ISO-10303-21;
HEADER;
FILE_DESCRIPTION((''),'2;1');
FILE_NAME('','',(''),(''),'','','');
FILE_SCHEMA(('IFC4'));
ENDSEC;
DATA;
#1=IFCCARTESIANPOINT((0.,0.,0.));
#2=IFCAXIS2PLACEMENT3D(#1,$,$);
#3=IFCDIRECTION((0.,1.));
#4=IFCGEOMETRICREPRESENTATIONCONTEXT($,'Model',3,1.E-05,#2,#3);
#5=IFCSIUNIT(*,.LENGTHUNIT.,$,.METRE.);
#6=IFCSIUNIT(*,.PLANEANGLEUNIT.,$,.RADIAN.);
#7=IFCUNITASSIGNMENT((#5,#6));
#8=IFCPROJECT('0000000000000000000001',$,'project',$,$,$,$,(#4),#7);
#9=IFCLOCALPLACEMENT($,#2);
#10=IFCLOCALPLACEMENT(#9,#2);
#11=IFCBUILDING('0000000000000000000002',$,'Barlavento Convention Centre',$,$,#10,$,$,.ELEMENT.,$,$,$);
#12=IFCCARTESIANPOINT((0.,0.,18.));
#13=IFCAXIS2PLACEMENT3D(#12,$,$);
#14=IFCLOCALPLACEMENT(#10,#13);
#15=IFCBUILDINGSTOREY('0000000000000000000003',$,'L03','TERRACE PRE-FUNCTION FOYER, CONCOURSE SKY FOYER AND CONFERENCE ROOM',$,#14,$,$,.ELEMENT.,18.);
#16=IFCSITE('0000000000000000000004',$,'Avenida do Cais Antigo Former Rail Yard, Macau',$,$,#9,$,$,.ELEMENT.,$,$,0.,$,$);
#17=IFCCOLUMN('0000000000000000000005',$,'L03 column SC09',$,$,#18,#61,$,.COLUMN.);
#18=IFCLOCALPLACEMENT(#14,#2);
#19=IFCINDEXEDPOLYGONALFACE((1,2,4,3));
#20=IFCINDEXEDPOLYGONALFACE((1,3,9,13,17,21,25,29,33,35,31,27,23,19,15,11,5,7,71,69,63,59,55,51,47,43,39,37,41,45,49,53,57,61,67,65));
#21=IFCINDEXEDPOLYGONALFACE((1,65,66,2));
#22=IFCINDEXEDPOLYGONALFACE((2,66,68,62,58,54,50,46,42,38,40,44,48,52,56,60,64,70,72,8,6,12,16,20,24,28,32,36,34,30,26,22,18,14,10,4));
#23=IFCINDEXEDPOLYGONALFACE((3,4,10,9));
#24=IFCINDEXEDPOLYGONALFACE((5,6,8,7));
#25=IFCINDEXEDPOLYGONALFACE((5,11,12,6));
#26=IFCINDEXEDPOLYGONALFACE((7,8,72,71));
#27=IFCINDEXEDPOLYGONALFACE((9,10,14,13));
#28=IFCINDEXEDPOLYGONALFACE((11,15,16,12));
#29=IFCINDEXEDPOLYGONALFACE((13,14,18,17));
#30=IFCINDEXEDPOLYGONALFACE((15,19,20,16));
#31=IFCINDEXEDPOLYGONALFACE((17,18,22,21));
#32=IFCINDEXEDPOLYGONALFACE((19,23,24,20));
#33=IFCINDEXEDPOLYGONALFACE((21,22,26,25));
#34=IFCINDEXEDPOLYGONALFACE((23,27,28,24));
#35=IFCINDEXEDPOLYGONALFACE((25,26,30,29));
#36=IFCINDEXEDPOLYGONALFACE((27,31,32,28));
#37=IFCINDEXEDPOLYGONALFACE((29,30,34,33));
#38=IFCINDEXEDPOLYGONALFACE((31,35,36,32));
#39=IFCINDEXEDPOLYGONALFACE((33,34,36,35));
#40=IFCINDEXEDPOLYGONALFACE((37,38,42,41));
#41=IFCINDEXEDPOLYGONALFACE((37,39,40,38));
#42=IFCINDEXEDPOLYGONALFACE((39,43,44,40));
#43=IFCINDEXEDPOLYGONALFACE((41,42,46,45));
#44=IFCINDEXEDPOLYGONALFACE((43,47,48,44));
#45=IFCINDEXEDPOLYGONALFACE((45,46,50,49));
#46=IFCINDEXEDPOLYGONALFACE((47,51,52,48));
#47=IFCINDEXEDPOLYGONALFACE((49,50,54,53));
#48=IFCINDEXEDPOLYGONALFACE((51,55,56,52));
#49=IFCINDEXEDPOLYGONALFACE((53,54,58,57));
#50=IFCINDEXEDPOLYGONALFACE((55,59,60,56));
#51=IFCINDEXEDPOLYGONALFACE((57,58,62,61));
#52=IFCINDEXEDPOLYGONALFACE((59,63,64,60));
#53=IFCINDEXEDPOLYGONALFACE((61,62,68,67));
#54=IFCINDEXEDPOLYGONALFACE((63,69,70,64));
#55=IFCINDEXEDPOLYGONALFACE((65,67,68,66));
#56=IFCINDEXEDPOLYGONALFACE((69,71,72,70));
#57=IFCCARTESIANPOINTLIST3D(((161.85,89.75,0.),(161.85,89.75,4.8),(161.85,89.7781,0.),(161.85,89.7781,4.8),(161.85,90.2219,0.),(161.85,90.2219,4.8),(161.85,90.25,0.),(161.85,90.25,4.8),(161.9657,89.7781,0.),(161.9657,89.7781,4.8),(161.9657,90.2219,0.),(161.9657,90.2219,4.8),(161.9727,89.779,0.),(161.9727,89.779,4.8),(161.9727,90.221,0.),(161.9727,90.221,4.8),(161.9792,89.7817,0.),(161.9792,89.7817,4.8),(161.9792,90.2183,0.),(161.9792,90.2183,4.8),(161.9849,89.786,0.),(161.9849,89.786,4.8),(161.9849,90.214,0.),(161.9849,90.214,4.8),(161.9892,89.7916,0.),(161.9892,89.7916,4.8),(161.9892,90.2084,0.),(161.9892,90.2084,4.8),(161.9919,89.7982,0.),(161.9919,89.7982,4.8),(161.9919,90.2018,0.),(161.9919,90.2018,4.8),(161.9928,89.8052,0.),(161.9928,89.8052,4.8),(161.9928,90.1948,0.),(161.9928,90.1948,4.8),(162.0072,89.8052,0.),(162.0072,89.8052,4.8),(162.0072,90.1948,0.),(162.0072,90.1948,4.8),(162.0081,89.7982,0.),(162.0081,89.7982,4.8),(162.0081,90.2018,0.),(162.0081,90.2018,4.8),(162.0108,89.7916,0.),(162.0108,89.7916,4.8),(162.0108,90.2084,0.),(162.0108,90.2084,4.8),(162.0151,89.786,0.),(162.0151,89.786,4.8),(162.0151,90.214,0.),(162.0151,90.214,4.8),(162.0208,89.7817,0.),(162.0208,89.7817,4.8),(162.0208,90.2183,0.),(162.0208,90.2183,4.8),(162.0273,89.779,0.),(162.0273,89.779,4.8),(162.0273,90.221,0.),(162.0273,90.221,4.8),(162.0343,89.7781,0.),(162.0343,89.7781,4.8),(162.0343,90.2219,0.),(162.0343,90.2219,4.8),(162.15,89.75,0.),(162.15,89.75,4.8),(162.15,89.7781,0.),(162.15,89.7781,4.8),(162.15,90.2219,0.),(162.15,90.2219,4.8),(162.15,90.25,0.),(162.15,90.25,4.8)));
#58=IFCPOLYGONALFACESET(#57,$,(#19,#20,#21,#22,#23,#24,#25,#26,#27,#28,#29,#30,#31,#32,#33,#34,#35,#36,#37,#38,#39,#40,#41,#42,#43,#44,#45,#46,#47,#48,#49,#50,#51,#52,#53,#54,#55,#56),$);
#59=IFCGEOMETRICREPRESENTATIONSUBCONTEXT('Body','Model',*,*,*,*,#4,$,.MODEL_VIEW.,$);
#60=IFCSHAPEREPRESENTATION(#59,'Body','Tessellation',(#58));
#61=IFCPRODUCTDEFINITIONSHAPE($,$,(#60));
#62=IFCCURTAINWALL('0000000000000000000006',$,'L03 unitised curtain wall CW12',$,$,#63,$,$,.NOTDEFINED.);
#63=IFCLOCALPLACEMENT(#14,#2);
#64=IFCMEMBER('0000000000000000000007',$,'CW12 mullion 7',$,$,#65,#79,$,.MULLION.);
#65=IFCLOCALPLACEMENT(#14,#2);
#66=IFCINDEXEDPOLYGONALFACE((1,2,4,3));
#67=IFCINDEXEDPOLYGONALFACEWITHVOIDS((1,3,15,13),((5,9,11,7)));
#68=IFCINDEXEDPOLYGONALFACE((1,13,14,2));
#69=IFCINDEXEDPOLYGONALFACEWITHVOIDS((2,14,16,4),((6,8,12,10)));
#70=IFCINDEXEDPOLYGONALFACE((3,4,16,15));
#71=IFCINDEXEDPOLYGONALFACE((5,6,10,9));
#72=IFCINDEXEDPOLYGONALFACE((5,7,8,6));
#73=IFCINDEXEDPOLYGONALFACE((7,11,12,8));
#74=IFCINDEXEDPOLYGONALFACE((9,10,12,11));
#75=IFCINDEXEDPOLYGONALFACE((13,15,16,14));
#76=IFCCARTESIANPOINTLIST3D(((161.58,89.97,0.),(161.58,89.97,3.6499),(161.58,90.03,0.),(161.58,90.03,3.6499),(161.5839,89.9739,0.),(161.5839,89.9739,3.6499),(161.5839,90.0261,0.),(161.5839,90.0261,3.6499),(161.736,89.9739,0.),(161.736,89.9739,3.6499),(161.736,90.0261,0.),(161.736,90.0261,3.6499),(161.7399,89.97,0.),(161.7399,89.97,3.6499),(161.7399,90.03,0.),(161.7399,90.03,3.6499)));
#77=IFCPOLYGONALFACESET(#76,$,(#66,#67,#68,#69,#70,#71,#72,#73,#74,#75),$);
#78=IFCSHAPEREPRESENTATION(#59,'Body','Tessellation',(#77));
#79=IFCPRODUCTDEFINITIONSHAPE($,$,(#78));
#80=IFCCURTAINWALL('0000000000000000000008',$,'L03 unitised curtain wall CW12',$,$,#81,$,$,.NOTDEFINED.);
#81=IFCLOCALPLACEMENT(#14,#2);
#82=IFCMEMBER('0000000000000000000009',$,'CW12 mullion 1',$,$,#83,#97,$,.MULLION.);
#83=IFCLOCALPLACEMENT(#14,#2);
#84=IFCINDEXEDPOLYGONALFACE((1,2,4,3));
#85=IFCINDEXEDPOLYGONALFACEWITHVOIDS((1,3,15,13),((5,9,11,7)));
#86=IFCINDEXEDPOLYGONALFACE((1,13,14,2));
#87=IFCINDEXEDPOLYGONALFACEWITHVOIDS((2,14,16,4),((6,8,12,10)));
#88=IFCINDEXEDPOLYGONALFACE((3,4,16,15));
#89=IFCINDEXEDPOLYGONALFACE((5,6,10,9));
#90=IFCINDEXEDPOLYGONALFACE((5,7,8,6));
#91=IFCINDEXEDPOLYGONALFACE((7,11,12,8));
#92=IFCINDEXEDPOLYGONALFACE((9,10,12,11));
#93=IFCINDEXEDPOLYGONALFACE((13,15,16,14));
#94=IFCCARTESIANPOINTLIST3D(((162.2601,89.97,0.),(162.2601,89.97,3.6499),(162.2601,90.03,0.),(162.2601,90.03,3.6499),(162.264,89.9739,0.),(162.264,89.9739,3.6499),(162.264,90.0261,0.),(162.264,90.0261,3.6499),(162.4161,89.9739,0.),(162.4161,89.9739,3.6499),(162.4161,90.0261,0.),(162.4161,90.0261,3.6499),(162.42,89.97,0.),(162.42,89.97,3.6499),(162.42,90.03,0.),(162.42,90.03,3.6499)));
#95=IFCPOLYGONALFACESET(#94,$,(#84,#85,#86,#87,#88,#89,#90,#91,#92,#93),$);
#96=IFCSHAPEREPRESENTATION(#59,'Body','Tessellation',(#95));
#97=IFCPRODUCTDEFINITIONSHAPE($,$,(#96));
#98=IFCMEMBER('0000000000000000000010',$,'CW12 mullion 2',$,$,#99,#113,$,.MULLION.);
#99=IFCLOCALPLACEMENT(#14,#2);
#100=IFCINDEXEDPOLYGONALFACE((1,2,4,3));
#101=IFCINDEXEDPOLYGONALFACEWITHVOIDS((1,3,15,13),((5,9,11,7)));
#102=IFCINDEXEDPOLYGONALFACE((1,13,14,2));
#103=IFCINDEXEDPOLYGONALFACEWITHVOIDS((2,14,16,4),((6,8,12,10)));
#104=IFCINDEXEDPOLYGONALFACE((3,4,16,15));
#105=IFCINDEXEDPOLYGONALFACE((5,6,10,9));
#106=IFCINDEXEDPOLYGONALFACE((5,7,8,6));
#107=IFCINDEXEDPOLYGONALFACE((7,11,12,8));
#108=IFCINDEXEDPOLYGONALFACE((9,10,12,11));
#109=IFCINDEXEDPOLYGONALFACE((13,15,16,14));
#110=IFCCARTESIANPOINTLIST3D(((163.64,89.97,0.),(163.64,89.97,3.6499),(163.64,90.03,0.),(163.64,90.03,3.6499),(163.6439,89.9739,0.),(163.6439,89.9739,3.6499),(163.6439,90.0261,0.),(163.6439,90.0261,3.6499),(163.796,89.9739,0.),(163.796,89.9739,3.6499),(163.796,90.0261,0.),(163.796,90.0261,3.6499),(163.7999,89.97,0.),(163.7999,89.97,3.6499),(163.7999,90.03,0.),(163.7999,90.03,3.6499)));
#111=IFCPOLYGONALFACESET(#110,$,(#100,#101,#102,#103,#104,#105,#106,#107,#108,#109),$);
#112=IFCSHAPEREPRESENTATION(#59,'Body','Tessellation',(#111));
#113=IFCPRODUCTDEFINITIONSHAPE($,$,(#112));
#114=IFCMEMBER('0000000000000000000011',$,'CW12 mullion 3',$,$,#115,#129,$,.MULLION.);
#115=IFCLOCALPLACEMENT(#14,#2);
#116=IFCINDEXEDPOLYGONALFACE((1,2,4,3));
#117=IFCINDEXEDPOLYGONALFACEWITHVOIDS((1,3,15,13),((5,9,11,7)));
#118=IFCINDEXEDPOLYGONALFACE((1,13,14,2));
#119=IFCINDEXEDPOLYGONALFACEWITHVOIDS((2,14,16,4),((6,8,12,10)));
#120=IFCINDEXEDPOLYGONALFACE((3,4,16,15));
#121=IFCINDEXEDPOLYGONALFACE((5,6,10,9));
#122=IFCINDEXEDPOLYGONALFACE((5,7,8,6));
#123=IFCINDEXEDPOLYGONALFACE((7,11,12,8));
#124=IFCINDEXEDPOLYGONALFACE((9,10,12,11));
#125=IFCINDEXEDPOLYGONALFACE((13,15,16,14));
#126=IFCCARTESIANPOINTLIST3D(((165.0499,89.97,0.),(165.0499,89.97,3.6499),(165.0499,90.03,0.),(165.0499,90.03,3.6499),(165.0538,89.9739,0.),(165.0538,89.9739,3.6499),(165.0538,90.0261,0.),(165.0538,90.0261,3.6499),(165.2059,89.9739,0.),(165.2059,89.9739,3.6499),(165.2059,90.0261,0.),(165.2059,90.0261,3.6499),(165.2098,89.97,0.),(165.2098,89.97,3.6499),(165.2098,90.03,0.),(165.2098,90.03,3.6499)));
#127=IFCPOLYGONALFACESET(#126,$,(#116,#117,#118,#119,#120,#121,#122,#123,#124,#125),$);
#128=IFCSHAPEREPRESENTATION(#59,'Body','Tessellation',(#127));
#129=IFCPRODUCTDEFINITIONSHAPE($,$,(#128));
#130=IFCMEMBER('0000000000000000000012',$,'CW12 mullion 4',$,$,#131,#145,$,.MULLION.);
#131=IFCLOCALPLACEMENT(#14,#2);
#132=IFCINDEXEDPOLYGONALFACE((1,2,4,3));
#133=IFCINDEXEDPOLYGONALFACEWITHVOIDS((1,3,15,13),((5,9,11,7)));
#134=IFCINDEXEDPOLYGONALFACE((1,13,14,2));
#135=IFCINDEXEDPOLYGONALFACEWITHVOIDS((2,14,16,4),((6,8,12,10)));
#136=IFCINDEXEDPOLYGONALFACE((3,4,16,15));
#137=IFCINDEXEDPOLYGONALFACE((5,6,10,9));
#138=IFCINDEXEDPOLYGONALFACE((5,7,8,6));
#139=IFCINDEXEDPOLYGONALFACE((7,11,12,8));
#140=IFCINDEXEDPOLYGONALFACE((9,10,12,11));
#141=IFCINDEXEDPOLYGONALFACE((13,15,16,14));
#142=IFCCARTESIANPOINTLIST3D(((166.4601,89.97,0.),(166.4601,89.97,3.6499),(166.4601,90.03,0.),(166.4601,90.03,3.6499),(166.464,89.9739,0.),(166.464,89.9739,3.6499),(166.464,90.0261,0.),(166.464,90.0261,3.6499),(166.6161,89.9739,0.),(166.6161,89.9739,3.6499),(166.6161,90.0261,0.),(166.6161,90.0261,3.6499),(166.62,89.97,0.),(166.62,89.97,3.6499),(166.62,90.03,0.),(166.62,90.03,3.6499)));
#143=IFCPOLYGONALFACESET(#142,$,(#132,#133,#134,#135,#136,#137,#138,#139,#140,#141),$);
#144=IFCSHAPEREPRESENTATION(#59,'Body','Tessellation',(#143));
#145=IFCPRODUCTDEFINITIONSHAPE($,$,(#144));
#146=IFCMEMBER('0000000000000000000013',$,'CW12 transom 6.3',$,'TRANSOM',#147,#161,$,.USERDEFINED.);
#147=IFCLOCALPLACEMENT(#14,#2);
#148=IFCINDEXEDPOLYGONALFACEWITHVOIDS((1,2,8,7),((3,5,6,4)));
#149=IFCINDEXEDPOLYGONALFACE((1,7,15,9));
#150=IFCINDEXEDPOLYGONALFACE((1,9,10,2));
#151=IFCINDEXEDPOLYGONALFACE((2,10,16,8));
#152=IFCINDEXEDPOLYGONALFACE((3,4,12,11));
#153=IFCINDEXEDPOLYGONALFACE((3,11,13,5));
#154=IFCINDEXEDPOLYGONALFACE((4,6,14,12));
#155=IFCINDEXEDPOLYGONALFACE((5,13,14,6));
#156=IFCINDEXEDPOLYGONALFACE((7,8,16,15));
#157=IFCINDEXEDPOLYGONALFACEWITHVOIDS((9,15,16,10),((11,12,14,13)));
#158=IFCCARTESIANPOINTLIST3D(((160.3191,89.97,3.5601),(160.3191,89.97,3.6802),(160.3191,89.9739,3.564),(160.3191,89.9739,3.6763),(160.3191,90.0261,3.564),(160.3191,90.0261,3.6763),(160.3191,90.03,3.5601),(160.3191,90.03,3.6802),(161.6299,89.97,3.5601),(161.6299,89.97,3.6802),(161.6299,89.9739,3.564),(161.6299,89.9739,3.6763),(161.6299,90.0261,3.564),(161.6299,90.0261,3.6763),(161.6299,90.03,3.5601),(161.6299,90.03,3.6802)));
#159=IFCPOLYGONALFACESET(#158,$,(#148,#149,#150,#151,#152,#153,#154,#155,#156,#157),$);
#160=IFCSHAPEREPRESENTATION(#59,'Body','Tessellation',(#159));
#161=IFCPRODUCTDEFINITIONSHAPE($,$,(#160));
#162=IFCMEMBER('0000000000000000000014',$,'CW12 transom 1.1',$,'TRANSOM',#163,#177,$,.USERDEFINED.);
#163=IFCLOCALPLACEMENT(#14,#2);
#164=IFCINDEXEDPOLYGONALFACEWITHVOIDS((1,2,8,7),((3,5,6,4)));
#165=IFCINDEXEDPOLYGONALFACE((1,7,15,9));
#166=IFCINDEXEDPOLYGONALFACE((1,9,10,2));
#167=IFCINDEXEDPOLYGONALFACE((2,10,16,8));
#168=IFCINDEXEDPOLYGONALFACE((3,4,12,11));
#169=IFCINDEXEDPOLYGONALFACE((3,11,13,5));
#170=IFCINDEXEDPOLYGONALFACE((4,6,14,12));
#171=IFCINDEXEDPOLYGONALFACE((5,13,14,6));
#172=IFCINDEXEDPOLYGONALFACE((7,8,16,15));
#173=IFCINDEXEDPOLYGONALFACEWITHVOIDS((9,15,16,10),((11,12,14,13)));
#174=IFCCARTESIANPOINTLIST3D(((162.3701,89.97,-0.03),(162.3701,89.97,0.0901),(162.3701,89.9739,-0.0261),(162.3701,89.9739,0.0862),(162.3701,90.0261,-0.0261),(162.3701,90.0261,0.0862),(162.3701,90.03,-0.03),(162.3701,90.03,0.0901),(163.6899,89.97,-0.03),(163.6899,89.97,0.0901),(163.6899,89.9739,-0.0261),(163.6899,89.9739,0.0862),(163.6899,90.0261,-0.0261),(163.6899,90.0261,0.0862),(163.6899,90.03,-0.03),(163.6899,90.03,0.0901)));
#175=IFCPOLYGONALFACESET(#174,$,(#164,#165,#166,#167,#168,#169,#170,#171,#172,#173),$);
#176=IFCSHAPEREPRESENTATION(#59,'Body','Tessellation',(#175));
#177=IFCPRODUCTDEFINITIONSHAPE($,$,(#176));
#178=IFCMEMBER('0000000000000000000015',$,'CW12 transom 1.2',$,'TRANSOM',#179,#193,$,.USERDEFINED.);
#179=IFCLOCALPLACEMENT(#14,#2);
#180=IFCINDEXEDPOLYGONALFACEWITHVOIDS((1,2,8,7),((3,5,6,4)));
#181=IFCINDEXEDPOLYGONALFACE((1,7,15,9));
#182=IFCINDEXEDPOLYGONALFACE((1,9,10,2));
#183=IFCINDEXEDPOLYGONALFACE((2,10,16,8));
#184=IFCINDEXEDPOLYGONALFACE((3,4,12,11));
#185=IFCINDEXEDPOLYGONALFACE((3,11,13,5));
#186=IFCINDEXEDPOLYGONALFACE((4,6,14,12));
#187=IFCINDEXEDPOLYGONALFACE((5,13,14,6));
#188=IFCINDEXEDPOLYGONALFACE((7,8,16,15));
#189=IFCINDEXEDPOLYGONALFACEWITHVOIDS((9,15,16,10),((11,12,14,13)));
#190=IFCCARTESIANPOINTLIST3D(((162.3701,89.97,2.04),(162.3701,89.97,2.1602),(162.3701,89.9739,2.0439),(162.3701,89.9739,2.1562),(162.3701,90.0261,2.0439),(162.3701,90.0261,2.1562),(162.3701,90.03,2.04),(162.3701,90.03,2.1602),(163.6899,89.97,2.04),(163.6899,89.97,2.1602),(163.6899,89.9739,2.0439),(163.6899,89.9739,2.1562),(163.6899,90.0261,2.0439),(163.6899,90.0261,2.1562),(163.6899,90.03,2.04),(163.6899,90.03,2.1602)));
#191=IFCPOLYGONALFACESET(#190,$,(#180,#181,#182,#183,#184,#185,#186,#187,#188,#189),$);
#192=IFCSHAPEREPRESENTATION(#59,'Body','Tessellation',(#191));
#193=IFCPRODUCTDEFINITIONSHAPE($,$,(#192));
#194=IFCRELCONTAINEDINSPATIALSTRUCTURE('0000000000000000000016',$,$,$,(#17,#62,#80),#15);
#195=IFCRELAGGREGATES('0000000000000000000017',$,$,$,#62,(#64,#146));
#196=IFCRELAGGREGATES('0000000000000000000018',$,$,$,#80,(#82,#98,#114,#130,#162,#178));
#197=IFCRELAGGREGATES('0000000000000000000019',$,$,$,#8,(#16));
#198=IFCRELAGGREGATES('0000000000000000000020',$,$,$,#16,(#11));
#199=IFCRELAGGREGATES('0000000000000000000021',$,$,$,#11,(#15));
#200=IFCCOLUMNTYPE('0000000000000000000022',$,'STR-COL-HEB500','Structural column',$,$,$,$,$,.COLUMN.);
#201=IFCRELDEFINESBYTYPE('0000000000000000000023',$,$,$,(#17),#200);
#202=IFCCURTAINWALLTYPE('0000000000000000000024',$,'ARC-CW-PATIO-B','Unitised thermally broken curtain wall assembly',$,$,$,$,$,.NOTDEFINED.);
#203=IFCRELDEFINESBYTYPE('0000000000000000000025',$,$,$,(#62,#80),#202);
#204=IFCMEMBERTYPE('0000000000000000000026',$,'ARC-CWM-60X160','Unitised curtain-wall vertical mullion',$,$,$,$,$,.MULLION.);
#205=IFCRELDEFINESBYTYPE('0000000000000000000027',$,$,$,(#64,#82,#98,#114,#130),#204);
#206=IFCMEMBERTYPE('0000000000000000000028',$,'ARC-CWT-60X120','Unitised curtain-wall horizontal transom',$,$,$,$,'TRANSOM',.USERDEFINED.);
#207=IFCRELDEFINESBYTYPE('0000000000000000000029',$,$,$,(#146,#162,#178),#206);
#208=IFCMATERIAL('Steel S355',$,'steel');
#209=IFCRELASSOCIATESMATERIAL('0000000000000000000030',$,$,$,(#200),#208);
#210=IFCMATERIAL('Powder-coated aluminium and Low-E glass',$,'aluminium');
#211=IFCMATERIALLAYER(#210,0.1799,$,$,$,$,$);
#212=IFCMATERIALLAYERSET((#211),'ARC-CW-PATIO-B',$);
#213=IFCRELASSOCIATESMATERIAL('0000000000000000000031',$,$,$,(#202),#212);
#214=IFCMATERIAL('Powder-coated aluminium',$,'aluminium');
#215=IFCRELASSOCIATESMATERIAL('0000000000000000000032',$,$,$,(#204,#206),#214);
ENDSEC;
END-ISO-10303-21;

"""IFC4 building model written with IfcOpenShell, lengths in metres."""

from ifc_helpers import new_model, si_unit, direction, frame, origin, origin_2d, place, context, subcontext, project, spatial, hollow_rectangle, i_section, extrude, material, layer, layer_set, material_profile, profile_set, type_object, element, aggregate, save


model = new_model("IFC4")

# Units and contexts
model_context = context("Model", 3, precision=1e-05, world=origin(), true_north=direction((0.0, 1.0)))
body_context = subcontext(model_context, "Body", "Model", "MODEL_VIEW")
ifc_project = project(units=[si_unit("LENGTHUNIT", "METRE"), si_unit("PLANEANGLEUNIT", "RADIAN")], contexts=[model_context])

# Site, building, storey
site_placement = place(None, origin())
site = spatial("IfcSite", under=ifc_project, at=site_placement, Name="Avenida do Cais Antigo Former Rail Yard, Macau", CompositionType="ELEMENT", RefElevation=0.0)
building_placement = place(site_placement, origin())
building = spatial("IfcBuilding", under=site, at=building_placement, Name="Barlavento Convention Centre", CompositionType="ELEMENT")
storey_placement = place(building_placement, frame((0.0, 0.0, 18.0)))
storey = spatial("IfcBuildingStorey", under=building, at=storey_placement, Name="L03", Description="TERRACE PRE-FUNCTION FOYER, CONCOURSE SKY FOYER AND CONFERENCE ROOM", CompositionType="ELEMENT", Elevation=18.0)

# Column
ifc_material_1 = material(Name="Steel S355", Category="steel")
ifc_material_profile_1 = material_profile(ifc_material_1, i_section(OverallWidth=0.3, OverallDepth=0.5, WebThickness=0.0144, FlangeThickness=0.0281, FilletRadius=0.0271, at=origin_2d()), Name="HEB 500")
ifc_profile_set_1 = profile_set([ifc_material_profile_1], Name="Steel S355")
column_type = type_object("IfcColumnType", Name="STR-COL-HEB500", Description="Structural column", PredefinedType="COLUMN", material=ifc_profile_set_1)
column_placement = place(storey_placement, frame((162.0, 90.0, 0.0), z_axis=(0.0, 0.0, 1.0), x_axis=(1.0, 0.0, 0.0)))
element("IfcColumn", 1, at=column_placement, inside=storey, type_object=column_type, Name="L03 column SC09", PredefinedType="COLUMN", context=body_context, shape_type="SweptSolid", body=[
    extrude(i_section(OverallWidth=0.3, OverallDepth=0.5, WebThickness=0.0144, FlangeThickness=0.0281, FilletRadius=0.0271, at=origin_2d()), origin(), (0.0, 0.0, 1.0), 4.8),
])

# Curtain wall, member
ifc_material_2 = material(Name="Powder-coated aluminium and Low-E glass", Category="aluminium")
ifc_layer_1 = layer(ifc_material_2, 0.1799)
ifc_layer_set_1 = layer_set([ifc_layer_1], Name="ARC-CW-PATIO-B")
curtain_wall_type = type_object("IfcCurtainWallType", Name="ARC-CW-PATIO-B", Description="Unitised thermally broken curtain wall assembly", PredefinedType="NOTDEFINED", material=ifc_layer_set_1)
curtain_wall_1_placement = place(storey_placement, origin())
curtain_wall_1 = element("IfcCurtainWall", 2, at=curtain_wall_1_placement, inside=storey, type_object=curtain_wall_type, Name="L03 unitised curtain wall CW12", PredefinedType="NOTDEFINED")
ifc_material_3 = material(Name="Powder-coated aluminium", Category="aluminium")
ifc_material_profile_2 = material_profile(ifc_material_3, hollow_rectangle(XDim=0.0601, YDim=0.1599, WallThickness=0.0039, at=origin_2d()), Name="AL-MULL 60x160x4")
ifc_profile_set_2 = profile_set([ifc_material_profile_2], Name="Powder-coated aluminium")
member_type_1 = type_object("IfcMemberType", Name="ARC-CWM-60X160", Description="Unitised curtain-wall vertical mullion", PredefinedType="MULLION", material=ifc_profile_set_2)
member_1_placement = place(storey_placement, frame((161.6599, 90.0, 0.0), z_axis=(0.0, 0.0, 1.0), x_axis=(0.0, 1.0, 0.0)))
member_1 = element("IfcMember", 3, at=member_1_placement, type_object=member_type_1, Name="CW12 mullion 7", PredefinedType="MULLION", context=body_context, shape_type="SweptSolid", body=[
    extrude(hollow_rectangle(XDim=0.0601, YDim=0.1599, WallThickness=0.0039, at=origin_2d()), origin(), (0.0, 0.0, 1.0), 3.6499),
])

# Curtain wall, members
curtain_wall_2_placement = place(storey_placement, origin())
curtain_wall_2 = element("IfcCurtainWall", 4, at=curtain_wall_2_placement, inside=storey, type_object=curtain_wall_type, Name="L03 unitised curtain wall CW12", PredefinedType="NOTDEFINED")
member_2_placement = place(storey_placement, frame((162.3401, 90.0, 0.0), z_axis=(0.0, 0.0, 1.0), x_axis=(0.0, 1.0, 0.0)))
member_2 = element("IfcMember", 5, at=member_2_placement, type_object=member_type_1, Name="CW12 mullion 1", PredefinedType="MULLION", context=body_context, shape_type="SweptSolid", body=[
    extrude(hollow_rectangle(XDim=0.0601, YDim=0.1599, WallThickness=0.0039, at=origin_2d()), origin(), (0.0, 0.0, 1.0), 3.6499),
])
member_3_placement = place(storey_placement, frame((163.72, 90.0, 0.0), z_axis=(0.0, 0.0, 1.0), x_axis=(0.0, 1.0, 0.0)))
member_3 = element("IfcMember", 6, at=member_3_placement, type_object=member_type_1, Name="CW12 mullion 2", PredefinedType="MULLION", context=body_context, shape_type="SweptSolid", body=[
    extrude(hollow_rectangle(XDim=0.0601, YDim=0.1599, WallThickness=0.0039, at=origin_2d()), origin(), (0.0, 0.0, 1.0), 3.6499),
])
member_4_placement = place(storey_placement, frame((165.1299, 90.0, 0.0), z_axis=(0.0, 0.0, 1.0), x_axis=(0.0, 1.0, 0.0)))
member_4 = element("IfcMember", 7, at=member_4_placement, type_object=member_type_1, Name="CW12 mullion 3", PredefinedType="MULLION", context=body_context, shape_type="SweptSolid", body=[
    extrude(hollow_rectangle(XDim=0.0601, YDim=0.1599, WallThickness=0.0039, at=origin_2d()), origin(), (0.0, 0.0, 1.0), 3.6499),
])
member_5_placement = place(storey_placement, frame((166.54, 90.0, 0.0), z_axis=(0.0, 0.0, 1.0), x_axis=(0.0, 1.0, 0.0)))
member_5 = element("IfcMember", 8, at=member_5_placement, type_object=member_type_1, Name="CW12 mullion 4", PredefinedType="MULLION", context=body_context, shape_type="SweptSolid", body=[
    extrude(hollow_rectangle(XDim=0.0601, YDim=0.1599, WallThickness=0.0039, at=origin_2d()), origin(), (0.0, 0.0, 1.0), 3.6499),
])

# Members
ifc_material_profile_3 = material_profile(ifc_material_3, hollow_rectangle(XDim=0.0601, YDim=0.1201, WallThickness=0.0039, at=origin_2d()), Name="AL-TRAN 60x120x4")
ifc_profile_set_3 = profile_set([ifc_material_profile_3], Name="Powder-coated aluminium")
member_type_2 = type_object("IfcMemberType", Name="ARC-CWT-60X120", Description="Unitised curtain-wall horizontal transom", ElementType="TRANSOM", PredefinedType="USERDEFINED", material=ifc_profile_set_3)
member_6_placement = place(storey_placement, frame((160.3191, 90.0, 3.6201), z_axis=(1.0, 0.0, 0.0), x_axis=(0.0, 1.0, 0.0)))
member_6 = element("IfcMember", 9, at=member_6_placement, type_object=member_type_2, Name="CW12 transom 6.3", ObjectType="TRANSOM", PredefinedType="USERDEFINED", context=body_context, shape_type="SweptSolid", body=[
    extrude(hollow_rectangle(XDim=0.0601, YDim=0.1201, WallThickness=0.0039, at=origin_2d()), origin(), (0.0, 0.0, 1.0), 1.3108),
])
member_7_placement = place(storey_placement, frame((162.3701, 90.0, 0.03), z_axis=(1.0, 0.0, 0.0), x_axis=(0.0, 1.0, 0.0)))
member_7 = element("IfcMember", 10, at=member_7_placement, type_object=member_type_2, Name="CW12 transom 1.1", ObjectType="TRANSOM", PredefinedType="USERDEFINED", context=body_context, shape_type="SweptSolid", body=[
    extrude(hollow_rectangle(XDim=0.0601, YDim=0.1201, WallThickness=0.0039, at=origin_2d()), origin(), (0.0, 0.0, 1.0), 1.3198),
])
member_8_placement = place(storey_placement, frame((162.3701, 90.0, 2.1001), z_axis=(1.0, 0.0, 0.0), x_axis=(0.0, 1.0, 0.0)))
member_8 = element("IfcMember", 11, at=member_8_placement, type_object=member_type_2, Name="CW12 transom 1.2", ObjectType="TRANSOM", PredefinedType="USERDEFINED", context=body_context, shape_type="SweptSolid", body=[
    extrude(hollow_rectangle(XDim=0.0601, YDim=0.1201, WallThickness=0.0039, at=origin_2d()), origin(), (0.0, 0.0, 1.0), 1.3198),
])

aggregate(curtain_wall_1, [member_1, member_6])
aggregate(curtain_wall_2, [member_2, member_3, member_4, member_5, member_7, member_8])

save(model, "model.ifc")
